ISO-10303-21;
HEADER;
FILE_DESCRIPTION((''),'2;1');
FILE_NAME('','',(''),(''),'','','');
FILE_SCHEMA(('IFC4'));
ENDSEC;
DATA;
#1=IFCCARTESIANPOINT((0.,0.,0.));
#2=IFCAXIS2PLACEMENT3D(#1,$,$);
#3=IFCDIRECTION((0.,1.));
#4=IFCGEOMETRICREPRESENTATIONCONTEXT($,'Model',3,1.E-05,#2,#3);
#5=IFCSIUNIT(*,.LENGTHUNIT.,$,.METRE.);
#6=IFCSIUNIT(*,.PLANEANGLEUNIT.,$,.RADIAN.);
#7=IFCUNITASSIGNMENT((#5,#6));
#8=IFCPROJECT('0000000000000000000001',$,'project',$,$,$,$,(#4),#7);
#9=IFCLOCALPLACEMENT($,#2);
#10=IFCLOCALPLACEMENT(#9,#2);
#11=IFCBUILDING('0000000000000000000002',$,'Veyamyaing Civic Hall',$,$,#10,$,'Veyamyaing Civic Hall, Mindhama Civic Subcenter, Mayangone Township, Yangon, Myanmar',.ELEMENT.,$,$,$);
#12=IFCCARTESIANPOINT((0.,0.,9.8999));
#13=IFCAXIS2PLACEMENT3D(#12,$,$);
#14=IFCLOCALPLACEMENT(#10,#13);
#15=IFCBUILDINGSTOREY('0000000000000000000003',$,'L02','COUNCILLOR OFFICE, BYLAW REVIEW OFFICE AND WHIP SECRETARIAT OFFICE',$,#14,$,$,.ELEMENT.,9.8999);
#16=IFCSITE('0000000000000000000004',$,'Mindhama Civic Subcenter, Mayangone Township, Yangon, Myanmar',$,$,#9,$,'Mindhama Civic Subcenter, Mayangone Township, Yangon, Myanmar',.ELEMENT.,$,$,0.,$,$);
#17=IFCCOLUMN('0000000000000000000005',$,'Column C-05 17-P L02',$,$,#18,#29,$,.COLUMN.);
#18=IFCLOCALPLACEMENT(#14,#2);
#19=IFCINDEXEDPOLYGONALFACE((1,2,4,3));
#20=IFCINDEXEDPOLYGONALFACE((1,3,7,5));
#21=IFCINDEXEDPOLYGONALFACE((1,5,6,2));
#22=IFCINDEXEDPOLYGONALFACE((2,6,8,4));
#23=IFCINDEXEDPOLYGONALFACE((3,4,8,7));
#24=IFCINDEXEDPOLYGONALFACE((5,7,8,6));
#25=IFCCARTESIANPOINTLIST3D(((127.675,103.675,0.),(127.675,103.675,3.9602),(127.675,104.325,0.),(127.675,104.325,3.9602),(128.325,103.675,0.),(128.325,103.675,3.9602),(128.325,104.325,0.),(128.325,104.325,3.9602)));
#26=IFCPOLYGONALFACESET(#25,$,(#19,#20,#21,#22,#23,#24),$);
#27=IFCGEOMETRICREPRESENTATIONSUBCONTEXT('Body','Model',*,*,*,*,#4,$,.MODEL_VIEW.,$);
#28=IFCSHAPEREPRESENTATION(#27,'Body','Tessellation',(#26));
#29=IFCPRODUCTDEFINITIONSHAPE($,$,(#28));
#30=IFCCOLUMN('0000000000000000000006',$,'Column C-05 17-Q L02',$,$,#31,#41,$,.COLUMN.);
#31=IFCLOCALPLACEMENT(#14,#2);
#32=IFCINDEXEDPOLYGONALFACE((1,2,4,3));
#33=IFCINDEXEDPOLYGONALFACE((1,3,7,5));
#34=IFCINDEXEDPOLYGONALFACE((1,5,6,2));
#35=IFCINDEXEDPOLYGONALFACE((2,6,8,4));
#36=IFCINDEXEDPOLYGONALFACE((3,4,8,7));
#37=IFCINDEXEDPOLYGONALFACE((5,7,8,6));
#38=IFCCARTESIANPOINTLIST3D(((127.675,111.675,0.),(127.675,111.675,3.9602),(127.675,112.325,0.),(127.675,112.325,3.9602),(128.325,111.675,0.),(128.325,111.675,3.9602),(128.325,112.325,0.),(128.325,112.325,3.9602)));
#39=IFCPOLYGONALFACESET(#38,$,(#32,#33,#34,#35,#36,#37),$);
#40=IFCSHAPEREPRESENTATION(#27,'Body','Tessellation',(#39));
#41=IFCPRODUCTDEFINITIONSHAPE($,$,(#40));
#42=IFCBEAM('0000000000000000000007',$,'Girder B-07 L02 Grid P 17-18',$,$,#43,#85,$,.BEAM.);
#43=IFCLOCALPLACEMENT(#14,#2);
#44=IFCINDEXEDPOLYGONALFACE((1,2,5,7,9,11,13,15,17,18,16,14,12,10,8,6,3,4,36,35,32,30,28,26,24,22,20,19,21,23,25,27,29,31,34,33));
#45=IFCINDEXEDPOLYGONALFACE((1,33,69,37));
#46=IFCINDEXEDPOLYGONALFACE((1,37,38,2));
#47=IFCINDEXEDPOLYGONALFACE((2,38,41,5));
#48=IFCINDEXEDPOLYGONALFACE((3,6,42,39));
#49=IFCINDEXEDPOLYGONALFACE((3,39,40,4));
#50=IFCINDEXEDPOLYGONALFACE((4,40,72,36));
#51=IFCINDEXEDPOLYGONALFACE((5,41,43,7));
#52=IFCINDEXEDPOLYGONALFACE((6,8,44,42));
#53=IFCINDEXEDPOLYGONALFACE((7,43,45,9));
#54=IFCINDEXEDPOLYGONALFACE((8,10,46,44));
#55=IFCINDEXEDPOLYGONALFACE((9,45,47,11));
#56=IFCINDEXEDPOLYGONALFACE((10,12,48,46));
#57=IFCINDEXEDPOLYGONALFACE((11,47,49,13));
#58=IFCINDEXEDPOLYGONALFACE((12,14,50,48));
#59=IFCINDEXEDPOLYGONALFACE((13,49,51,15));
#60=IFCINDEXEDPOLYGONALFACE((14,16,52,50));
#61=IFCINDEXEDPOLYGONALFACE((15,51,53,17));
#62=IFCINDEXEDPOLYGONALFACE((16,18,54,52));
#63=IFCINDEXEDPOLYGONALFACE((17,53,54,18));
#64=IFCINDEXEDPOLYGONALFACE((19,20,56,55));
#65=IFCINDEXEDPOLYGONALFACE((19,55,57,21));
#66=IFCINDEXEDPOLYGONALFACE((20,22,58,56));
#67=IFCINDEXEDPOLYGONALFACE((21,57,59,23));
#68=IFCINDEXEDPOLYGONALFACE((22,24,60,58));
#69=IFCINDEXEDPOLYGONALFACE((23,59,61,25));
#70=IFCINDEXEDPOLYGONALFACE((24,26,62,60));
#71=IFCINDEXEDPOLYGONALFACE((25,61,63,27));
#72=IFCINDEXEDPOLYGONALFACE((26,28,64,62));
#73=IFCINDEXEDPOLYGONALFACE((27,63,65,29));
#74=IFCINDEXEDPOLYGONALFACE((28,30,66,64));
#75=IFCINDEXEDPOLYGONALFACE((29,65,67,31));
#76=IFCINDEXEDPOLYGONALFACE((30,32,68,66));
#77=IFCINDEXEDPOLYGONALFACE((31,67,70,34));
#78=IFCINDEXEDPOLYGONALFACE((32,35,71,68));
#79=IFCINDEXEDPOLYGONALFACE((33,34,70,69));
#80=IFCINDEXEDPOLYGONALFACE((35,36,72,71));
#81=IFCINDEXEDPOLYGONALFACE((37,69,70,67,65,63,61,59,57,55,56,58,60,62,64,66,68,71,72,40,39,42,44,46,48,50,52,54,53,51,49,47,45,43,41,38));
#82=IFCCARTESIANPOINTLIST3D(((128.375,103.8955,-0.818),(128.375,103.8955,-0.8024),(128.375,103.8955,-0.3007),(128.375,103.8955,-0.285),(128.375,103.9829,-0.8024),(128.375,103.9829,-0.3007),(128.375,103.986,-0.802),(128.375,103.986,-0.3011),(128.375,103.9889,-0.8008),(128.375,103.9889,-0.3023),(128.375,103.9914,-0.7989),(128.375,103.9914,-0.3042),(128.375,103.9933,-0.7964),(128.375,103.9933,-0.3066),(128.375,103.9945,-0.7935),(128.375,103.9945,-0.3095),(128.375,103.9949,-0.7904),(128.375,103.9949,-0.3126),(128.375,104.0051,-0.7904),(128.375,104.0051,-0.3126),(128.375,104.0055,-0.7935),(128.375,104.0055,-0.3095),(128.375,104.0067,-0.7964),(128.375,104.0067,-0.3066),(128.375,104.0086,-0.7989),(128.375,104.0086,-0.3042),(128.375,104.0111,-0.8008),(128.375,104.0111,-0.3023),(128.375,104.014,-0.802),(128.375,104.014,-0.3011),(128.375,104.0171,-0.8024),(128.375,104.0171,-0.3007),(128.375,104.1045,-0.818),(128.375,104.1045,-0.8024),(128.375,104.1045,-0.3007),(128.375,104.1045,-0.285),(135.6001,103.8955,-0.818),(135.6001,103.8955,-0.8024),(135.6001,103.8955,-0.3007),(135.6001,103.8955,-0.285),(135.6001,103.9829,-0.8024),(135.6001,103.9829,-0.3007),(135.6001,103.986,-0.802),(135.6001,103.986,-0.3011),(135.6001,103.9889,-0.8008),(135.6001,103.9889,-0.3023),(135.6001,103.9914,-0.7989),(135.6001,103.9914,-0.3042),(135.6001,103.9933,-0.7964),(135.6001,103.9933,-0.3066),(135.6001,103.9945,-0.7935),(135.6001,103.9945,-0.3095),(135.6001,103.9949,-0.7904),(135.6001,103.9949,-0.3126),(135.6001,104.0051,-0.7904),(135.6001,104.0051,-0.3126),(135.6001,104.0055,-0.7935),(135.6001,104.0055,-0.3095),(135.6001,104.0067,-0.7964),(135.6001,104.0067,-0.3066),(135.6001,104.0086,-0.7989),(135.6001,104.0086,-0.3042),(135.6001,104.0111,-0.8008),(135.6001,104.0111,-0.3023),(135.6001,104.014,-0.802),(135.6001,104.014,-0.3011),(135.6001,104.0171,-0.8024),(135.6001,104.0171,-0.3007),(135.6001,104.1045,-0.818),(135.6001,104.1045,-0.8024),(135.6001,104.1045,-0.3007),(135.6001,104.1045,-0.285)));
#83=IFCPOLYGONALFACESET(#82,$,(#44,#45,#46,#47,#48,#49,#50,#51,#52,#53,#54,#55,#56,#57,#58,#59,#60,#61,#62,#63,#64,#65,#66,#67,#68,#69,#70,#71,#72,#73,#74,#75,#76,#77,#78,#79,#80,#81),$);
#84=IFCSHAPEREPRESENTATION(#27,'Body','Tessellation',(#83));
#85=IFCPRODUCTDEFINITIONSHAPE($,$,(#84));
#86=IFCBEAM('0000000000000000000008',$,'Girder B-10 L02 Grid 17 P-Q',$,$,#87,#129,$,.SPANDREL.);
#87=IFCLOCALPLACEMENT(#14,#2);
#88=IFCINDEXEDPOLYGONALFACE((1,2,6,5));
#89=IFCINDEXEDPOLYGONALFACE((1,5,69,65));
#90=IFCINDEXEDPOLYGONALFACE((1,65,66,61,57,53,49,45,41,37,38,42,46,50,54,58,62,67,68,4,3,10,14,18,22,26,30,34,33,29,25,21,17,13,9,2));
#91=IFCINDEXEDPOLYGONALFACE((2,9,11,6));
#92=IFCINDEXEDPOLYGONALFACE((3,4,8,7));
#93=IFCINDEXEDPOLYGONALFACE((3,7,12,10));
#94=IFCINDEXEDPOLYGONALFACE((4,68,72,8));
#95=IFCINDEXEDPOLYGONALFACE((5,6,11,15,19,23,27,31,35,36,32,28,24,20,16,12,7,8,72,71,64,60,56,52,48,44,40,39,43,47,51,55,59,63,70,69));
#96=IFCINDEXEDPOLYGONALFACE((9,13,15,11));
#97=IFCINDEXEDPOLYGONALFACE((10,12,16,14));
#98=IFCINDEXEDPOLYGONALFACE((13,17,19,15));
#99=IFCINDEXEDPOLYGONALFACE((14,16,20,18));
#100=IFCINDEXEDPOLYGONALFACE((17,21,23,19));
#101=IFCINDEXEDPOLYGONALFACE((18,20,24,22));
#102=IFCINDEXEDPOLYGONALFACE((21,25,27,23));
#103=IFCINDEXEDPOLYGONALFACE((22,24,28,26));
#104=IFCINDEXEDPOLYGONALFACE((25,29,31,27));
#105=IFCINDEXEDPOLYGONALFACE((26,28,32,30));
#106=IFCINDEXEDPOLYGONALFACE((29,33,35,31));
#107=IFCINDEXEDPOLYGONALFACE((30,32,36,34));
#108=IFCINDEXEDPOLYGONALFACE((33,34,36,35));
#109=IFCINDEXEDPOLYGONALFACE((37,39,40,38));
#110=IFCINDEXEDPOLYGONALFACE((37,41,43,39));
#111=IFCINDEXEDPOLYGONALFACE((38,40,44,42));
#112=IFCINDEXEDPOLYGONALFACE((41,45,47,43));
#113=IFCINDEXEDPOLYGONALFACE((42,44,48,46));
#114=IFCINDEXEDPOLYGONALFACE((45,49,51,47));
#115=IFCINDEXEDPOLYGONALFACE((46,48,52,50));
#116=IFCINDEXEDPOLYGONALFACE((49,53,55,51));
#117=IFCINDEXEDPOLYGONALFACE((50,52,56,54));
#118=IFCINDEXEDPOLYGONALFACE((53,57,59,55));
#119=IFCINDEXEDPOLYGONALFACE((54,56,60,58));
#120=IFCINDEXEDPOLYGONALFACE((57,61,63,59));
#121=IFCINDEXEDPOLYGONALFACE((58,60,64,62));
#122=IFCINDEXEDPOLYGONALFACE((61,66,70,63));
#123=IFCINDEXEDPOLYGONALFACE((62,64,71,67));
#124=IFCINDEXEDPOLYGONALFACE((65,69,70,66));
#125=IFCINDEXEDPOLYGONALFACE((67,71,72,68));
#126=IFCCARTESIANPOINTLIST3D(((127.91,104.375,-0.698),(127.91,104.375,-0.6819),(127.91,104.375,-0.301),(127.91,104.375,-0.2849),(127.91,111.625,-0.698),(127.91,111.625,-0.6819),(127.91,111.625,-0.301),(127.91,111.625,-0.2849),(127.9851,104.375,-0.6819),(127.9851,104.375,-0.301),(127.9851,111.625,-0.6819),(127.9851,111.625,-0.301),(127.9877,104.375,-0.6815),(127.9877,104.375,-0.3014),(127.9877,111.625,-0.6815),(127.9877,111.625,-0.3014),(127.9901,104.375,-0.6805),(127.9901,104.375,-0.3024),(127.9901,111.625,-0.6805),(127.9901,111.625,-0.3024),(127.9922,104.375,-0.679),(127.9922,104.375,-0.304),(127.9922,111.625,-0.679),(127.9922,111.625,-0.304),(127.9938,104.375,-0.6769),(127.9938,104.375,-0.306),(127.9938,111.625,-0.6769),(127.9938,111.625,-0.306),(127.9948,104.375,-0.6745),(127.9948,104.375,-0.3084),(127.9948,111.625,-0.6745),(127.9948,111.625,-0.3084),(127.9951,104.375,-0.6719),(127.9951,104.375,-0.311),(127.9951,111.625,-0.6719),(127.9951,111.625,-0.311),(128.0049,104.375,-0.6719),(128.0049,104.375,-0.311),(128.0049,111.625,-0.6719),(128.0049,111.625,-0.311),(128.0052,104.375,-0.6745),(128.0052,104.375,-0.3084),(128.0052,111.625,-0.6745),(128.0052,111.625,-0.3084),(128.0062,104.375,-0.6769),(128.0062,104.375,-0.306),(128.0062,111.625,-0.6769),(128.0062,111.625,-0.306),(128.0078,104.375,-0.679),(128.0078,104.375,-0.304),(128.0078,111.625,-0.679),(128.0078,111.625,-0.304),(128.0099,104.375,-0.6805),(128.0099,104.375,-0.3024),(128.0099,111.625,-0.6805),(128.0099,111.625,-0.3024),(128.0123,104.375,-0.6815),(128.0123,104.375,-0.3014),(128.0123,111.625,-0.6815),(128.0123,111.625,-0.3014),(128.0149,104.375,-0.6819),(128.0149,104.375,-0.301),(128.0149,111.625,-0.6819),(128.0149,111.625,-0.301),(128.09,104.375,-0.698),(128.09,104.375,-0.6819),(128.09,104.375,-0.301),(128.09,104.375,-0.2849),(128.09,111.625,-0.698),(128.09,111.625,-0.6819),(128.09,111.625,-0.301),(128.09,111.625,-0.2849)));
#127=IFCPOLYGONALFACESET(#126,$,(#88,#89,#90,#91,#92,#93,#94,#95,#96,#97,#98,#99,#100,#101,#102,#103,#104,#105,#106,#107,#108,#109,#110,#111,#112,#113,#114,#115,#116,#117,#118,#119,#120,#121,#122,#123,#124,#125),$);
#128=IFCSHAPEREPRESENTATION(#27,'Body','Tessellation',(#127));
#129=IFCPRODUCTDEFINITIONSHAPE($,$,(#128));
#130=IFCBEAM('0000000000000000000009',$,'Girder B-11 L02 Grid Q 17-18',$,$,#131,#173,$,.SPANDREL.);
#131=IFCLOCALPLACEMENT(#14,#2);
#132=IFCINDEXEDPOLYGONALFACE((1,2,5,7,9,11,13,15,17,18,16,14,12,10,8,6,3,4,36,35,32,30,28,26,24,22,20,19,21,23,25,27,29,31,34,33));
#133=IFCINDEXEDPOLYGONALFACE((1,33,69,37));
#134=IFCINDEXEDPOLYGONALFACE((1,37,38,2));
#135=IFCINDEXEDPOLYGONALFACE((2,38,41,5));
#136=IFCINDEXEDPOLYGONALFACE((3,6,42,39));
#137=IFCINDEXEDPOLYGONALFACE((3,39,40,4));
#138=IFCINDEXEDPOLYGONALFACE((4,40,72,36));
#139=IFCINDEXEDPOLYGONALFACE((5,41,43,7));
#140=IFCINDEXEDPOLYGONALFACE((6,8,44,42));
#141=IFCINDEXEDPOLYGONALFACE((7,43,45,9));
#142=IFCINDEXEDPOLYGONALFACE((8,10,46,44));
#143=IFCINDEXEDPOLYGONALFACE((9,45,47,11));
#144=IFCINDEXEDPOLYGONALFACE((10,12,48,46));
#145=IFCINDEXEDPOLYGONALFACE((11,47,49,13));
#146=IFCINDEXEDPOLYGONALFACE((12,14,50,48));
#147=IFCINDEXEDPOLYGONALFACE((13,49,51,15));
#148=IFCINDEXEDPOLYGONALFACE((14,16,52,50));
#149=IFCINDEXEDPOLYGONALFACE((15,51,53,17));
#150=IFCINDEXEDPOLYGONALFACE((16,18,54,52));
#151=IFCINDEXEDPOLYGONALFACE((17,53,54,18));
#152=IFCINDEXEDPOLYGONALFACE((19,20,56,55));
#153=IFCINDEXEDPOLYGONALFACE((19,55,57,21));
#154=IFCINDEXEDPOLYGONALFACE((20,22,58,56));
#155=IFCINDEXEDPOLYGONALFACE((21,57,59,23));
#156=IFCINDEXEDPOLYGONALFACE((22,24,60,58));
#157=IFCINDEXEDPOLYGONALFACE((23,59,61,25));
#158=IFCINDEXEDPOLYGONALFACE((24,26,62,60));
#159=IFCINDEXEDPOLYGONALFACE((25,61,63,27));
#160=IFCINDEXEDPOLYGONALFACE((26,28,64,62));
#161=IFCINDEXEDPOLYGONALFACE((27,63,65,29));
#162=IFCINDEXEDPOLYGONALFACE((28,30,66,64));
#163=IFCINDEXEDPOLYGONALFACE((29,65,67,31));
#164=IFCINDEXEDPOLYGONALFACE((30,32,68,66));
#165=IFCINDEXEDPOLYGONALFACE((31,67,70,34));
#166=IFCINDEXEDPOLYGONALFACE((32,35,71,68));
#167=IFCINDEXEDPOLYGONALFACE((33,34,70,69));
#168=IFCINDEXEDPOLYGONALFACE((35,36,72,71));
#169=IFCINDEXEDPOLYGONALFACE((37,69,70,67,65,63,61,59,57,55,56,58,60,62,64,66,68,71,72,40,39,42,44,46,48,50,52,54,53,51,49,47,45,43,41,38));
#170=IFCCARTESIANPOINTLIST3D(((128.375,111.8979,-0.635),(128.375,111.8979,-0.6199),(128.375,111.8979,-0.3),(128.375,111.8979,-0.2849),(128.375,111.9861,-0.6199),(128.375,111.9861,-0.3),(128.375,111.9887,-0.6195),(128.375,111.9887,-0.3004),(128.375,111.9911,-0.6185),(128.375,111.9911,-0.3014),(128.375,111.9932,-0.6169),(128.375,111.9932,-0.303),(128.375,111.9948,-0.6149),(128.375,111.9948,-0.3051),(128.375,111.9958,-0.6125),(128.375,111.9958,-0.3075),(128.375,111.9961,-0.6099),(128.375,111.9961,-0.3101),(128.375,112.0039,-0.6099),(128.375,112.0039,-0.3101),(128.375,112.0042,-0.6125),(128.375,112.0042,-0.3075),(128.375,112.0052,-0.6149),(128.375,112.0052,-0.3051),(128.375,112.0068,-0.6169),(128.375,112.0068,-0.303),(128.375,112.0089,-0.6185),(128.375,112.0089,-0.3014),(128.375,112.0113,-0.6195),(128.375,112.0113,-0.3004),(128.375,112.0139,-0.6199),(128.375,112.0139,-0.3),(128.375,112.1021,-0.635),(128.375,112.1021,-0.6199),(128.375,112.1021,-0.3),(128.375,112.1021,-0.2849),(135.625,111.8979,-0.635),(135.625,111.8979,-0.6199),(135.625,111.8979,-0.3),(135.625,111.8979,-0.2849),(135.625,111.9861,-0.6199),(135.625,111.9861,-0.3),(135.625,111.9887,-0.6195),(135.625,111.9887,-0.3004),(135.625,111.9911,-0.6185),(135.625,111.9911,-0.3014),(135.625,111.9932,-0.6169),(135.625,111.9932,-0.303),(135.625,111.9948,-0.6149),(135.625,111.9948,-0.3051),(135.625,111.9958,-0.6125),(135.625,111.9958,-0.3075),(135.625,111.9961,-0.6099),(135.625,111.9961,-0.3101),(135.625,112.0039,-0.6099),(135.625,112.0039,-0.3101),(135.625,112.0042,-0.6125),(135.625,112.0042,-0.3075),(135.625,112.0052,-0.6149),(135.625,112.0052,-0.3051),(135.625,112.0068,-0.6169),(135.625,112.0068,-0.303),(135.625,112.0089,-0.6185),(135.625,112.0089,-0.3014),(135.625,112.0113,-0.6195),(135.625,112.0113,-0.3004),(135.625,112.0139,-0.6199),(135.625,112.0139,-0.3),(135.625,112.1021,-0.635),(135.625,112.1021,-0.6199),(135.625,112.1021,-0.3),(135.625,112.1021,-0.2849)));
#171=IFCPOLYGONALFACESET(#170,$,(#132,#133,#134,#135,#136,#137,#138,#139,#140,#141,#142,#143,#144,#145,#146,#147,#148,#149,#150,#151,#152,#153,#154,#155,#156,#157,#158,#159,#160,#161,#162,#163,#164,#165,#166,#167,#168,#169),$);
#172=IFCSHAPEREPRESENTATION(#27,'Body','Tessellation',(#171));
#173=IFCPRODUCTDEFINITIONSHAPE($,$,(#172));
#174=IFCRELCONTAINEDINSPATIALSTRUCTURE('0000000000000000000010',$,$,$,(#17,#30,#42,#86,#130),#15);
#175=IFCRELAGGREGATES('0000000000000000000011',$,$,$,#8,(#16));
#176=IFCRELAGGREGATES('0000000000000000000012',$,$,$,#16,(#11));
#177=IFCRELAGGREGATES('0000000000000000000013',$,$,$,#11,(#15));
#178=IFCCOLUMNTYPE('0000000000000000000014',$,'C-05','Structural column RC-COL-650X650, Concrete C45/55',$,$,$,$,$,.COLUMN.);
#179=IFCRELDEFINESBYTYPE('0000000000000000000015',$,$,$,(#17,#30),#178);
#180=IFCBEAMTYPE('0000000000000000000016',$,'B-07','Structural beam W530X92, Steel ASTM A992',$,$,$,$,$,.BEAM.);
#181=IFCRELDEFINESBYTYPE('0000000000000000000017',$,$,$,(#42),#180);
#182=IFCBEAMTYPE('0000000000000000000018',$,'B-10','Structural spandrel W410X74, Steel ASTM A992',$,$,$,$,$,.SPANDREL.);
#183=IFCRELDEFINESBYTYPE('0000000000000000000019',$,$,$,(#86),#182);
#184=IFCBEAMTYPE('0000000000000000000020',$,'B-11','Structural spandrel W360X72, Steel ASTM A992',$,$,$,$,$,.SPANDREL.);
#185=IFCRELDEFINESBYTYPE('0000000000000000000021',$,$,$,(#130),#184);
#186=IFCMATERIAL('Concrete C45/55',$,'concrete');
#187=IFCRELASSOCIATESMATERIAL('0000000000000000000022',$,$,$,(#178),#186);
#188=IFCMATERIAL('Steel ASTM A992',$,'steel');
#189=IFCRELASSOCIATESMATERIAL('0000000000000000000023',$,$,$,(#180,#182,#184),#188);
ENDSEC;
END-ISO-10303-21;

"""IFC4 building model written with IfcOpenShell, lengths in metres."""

from ifc_helpers import new_model, si_unit, direction, frame, origin, origin_2d, place, context, subcontext, project, spatial, rectangle, i_section, extrude, material, material_profile, profile_set, type_object, element, save


model = new_model("IFC4")

# Units and contexts
model_context = context("Model", 3, precision=1e-05, world=origin(), true_north=direction((0.0, 1.0)))
body_context = subcontext(model_context, "Body", "Model", "MODEL_VIEW")
ifc_project = project(units=[si_unit("LENGTHUNIT", "METRE"), si_unit("PLANEANGLEUNIT", "RADIAN")], contexts=[model_context])

# Site, building, storey
site_placement = place(None, origin())
site = spatial("IfcSite", under=ifc_project, at=site_placement, Name="Mindhama Civic Subcenter, Mayangone Township, Yangon, Myanmar", LongName="Mindhama Civic Subcenter, Mayangone Township, Yangon, Myanmar", CompositionType="ELEMENT", RefElevation=0.0)
building_placement = place(site_placement, origin())
building = spatial("IfcBuilding", under=site, at=building_placement, Name="Veyamyaing Civic Hall", LongName="Veyamyaing Civic Hall, Mindhama Civic Subcenter, Mayangone Township, Yangon, Myanmar", CompositionType="ELEMENT")
storey_placement = place(building_placement, frame((0.0, 0.0, 9.8999)))
storey = spatial("IfcBuildingStorey", under=building, at=storey_placement, Name="L02", Description="COUNCILLOR OFFICE, BYLAW REVIEW OFFICE AND WHIP SECRETARIAT OFFICE", CompositionType="ELEMENT", Elevation=9.8999)

# Columns
ifc_material_1 = material(Name="Concrete C45/55", Category="concrete")
ifc_material_profile_1 = material_profile(ifc_material_1, rectangle(XDim=0.6499, YDim=0.6499, at=origin_2d()), Name="RC-COL-650X650")
ifc_profile_set_1 = profile_set([ifc_material_profile_1], Name="Concrete C45/55")
column_type = type_object("IfcColumnType", Name="C-05", Description="Structural column RC-COL-650X650, Concrete C45/55", PredefinedType="COLUMN", material=ifc_profile_set_1)
for number, where, z_axis, x_axis, name in (
    (1, (128.0, 104.0, 0.0), (0.0, 0.0, 1.0), (1.0, 0.0, 0.0), "Column C-05 17-P L02"),
    (2, (128.0, 112.0, 0.0), (0.0, 0.0, 1.0), (1.0, 0.0, 0.0), "Column C-05 17-Q L02"),
):
    element("IfcColumn", number, at=place(storey_placement, frame(where, z_axis=z_axis, x_axis=x_axis)), inside=storey, type_object=column_type, Name=name, PredefinedType="COLUMN", context=body_context, shape_type="SweptSolid", body=[
        extrude(rectangle(XDim=0.6499, YDim=0.6499, at=origin_2d()), origin(), (0.0, 0.0, 1.0), 3.9602),
    ])

# Beams
ifc_material_2 = material(Name="Steel ASTM A992", Category="steel")
ifc_material_profile_2 = material_profile(ifc_material_2, i_section(OverallWidth=0.209, OverallDepth=0.533, WebThickness=0.0103, FlangeThickness=0.0156, FilletRadius=0.012, at=origin_2d()), Name="W530X92")
ifc_profile_set_2 = profile_set([ifc_material_profile_2], Name="Steel ASTM A992")
beam_type_1 = type_object("IfcBeamType", Name="B-07", Description="Structural beam W530X92, Steel ASTM A992", PredefinedType="BEAM", material=ifc_profile_set_2)
beam_1_placement = place(storey_placement, frame((128.375, 104.0, -0.5515), z_axis=(1.0, 0.0, 0.0), x_axis=(0.0, 1.0, 0.0)))
element("IfcBeam", 3, at=beam_1_placement, inside=storey, type_object=beam_type_1, Name="Girder B-07 L02 Grid P 17-18", PredefinedType="BEAM", context=body_context, shape_type="SweptSolid", body=[
    extrude(i_section(OverallWidth=0.209, OverallDepth=0.533, WebThickness=0.0103, FlangeThickness=0.0156, FilletRadius=0.012, at=origin_2d()), origin(), (0.0, 0.0, 1.0), 7.2251),
])
ifc_material_profile_3 = material_profile(ifc_material_2, i_section(OverallWidth=0.1799, OverallDepth=0.4131, WebThickness=0.0098, FlangeThickness=0.0161, FilletRadius=0.01, at=origin_2d()), Name="W410X74")
ifc_profile_set_3 = profile_set([ifc_material_profile_3], Name="Steel ASTM A992")
beam_type_2 = type_object("IfcBeamType", Name="B-10", Description="Structural spandrel W410X74, Steel ASTM A992", PredefinedType="SPANDREL", material=ifc_profile_set_3)
beam_2_placement = place(storey_placement, frame((128.0, 104.375, -0.4915), z_axis=(0.0, 1.0, 0.0), x_axis=(-1.0, 0.0, 0.0)))
element("IfcBeam", 4, at=beam_2_placement, inside=storey, type_object=beam_type_2, Name="Girder B-10 L02 Grid 17 P-Q", PredefinedType="SPANDREL", context=body_context, shape_type="SweptSolid", body=[
    extrude(i_section(OverallWidth=0.1799, OverallDepth=0.4131, WebThickness=0.0098, FlangeThickness=0.0161, FilletRadius=0.01, at=origin_2d()), origin(), (0.0, 0.0, 1.0), 7.25),
])
ifc_material_profile_4 = material_profile(ifc_material_2, i_section(OverallWidth=0.2041, OverallDepth=0.3501, WebThickness=0.0078, FlangeThickness=0.0151, FilletRadius=0.01, at=origin_2d()), Name="W360X72")
ifc_profile_set_4 = profile_set([ifc_material_profile_4], Name="Steel ASTM A992")
beam_type_3 = type_object("IfcBeamType", Name="B-11", Description="Structural spandrel W360X72, Steel ASTM A992", PredefinedType="SPANDREL", material=ifc_profile_set_4)
beam_3_placement = place(storey_placement, frame((128.375, 112.0, -0.46), z_axis=(1.0, 0.0, 0.0), x_axis=(0.0, 1.0, 0.0)))
element("IfcBeam", 5, at=beam_3_placement, inside=storey, type_object=beam_type_3, Name="Girder B-11 L02 Grid Q 17-18", PredefinedType="SPANDREL", context=body_context, shape_type="SweptSolid", body=[
    extrude(i_section(OverallWidth=0.2041, OverallDepth=0.3501, WebThickness=0.0078, FlangeThickness=0.0151, FilletRadius=0.01, at=origin_2d()), origin(), (0.0, 0.0, 1.0), 7.25),
])

save(model, "model.ifc")
